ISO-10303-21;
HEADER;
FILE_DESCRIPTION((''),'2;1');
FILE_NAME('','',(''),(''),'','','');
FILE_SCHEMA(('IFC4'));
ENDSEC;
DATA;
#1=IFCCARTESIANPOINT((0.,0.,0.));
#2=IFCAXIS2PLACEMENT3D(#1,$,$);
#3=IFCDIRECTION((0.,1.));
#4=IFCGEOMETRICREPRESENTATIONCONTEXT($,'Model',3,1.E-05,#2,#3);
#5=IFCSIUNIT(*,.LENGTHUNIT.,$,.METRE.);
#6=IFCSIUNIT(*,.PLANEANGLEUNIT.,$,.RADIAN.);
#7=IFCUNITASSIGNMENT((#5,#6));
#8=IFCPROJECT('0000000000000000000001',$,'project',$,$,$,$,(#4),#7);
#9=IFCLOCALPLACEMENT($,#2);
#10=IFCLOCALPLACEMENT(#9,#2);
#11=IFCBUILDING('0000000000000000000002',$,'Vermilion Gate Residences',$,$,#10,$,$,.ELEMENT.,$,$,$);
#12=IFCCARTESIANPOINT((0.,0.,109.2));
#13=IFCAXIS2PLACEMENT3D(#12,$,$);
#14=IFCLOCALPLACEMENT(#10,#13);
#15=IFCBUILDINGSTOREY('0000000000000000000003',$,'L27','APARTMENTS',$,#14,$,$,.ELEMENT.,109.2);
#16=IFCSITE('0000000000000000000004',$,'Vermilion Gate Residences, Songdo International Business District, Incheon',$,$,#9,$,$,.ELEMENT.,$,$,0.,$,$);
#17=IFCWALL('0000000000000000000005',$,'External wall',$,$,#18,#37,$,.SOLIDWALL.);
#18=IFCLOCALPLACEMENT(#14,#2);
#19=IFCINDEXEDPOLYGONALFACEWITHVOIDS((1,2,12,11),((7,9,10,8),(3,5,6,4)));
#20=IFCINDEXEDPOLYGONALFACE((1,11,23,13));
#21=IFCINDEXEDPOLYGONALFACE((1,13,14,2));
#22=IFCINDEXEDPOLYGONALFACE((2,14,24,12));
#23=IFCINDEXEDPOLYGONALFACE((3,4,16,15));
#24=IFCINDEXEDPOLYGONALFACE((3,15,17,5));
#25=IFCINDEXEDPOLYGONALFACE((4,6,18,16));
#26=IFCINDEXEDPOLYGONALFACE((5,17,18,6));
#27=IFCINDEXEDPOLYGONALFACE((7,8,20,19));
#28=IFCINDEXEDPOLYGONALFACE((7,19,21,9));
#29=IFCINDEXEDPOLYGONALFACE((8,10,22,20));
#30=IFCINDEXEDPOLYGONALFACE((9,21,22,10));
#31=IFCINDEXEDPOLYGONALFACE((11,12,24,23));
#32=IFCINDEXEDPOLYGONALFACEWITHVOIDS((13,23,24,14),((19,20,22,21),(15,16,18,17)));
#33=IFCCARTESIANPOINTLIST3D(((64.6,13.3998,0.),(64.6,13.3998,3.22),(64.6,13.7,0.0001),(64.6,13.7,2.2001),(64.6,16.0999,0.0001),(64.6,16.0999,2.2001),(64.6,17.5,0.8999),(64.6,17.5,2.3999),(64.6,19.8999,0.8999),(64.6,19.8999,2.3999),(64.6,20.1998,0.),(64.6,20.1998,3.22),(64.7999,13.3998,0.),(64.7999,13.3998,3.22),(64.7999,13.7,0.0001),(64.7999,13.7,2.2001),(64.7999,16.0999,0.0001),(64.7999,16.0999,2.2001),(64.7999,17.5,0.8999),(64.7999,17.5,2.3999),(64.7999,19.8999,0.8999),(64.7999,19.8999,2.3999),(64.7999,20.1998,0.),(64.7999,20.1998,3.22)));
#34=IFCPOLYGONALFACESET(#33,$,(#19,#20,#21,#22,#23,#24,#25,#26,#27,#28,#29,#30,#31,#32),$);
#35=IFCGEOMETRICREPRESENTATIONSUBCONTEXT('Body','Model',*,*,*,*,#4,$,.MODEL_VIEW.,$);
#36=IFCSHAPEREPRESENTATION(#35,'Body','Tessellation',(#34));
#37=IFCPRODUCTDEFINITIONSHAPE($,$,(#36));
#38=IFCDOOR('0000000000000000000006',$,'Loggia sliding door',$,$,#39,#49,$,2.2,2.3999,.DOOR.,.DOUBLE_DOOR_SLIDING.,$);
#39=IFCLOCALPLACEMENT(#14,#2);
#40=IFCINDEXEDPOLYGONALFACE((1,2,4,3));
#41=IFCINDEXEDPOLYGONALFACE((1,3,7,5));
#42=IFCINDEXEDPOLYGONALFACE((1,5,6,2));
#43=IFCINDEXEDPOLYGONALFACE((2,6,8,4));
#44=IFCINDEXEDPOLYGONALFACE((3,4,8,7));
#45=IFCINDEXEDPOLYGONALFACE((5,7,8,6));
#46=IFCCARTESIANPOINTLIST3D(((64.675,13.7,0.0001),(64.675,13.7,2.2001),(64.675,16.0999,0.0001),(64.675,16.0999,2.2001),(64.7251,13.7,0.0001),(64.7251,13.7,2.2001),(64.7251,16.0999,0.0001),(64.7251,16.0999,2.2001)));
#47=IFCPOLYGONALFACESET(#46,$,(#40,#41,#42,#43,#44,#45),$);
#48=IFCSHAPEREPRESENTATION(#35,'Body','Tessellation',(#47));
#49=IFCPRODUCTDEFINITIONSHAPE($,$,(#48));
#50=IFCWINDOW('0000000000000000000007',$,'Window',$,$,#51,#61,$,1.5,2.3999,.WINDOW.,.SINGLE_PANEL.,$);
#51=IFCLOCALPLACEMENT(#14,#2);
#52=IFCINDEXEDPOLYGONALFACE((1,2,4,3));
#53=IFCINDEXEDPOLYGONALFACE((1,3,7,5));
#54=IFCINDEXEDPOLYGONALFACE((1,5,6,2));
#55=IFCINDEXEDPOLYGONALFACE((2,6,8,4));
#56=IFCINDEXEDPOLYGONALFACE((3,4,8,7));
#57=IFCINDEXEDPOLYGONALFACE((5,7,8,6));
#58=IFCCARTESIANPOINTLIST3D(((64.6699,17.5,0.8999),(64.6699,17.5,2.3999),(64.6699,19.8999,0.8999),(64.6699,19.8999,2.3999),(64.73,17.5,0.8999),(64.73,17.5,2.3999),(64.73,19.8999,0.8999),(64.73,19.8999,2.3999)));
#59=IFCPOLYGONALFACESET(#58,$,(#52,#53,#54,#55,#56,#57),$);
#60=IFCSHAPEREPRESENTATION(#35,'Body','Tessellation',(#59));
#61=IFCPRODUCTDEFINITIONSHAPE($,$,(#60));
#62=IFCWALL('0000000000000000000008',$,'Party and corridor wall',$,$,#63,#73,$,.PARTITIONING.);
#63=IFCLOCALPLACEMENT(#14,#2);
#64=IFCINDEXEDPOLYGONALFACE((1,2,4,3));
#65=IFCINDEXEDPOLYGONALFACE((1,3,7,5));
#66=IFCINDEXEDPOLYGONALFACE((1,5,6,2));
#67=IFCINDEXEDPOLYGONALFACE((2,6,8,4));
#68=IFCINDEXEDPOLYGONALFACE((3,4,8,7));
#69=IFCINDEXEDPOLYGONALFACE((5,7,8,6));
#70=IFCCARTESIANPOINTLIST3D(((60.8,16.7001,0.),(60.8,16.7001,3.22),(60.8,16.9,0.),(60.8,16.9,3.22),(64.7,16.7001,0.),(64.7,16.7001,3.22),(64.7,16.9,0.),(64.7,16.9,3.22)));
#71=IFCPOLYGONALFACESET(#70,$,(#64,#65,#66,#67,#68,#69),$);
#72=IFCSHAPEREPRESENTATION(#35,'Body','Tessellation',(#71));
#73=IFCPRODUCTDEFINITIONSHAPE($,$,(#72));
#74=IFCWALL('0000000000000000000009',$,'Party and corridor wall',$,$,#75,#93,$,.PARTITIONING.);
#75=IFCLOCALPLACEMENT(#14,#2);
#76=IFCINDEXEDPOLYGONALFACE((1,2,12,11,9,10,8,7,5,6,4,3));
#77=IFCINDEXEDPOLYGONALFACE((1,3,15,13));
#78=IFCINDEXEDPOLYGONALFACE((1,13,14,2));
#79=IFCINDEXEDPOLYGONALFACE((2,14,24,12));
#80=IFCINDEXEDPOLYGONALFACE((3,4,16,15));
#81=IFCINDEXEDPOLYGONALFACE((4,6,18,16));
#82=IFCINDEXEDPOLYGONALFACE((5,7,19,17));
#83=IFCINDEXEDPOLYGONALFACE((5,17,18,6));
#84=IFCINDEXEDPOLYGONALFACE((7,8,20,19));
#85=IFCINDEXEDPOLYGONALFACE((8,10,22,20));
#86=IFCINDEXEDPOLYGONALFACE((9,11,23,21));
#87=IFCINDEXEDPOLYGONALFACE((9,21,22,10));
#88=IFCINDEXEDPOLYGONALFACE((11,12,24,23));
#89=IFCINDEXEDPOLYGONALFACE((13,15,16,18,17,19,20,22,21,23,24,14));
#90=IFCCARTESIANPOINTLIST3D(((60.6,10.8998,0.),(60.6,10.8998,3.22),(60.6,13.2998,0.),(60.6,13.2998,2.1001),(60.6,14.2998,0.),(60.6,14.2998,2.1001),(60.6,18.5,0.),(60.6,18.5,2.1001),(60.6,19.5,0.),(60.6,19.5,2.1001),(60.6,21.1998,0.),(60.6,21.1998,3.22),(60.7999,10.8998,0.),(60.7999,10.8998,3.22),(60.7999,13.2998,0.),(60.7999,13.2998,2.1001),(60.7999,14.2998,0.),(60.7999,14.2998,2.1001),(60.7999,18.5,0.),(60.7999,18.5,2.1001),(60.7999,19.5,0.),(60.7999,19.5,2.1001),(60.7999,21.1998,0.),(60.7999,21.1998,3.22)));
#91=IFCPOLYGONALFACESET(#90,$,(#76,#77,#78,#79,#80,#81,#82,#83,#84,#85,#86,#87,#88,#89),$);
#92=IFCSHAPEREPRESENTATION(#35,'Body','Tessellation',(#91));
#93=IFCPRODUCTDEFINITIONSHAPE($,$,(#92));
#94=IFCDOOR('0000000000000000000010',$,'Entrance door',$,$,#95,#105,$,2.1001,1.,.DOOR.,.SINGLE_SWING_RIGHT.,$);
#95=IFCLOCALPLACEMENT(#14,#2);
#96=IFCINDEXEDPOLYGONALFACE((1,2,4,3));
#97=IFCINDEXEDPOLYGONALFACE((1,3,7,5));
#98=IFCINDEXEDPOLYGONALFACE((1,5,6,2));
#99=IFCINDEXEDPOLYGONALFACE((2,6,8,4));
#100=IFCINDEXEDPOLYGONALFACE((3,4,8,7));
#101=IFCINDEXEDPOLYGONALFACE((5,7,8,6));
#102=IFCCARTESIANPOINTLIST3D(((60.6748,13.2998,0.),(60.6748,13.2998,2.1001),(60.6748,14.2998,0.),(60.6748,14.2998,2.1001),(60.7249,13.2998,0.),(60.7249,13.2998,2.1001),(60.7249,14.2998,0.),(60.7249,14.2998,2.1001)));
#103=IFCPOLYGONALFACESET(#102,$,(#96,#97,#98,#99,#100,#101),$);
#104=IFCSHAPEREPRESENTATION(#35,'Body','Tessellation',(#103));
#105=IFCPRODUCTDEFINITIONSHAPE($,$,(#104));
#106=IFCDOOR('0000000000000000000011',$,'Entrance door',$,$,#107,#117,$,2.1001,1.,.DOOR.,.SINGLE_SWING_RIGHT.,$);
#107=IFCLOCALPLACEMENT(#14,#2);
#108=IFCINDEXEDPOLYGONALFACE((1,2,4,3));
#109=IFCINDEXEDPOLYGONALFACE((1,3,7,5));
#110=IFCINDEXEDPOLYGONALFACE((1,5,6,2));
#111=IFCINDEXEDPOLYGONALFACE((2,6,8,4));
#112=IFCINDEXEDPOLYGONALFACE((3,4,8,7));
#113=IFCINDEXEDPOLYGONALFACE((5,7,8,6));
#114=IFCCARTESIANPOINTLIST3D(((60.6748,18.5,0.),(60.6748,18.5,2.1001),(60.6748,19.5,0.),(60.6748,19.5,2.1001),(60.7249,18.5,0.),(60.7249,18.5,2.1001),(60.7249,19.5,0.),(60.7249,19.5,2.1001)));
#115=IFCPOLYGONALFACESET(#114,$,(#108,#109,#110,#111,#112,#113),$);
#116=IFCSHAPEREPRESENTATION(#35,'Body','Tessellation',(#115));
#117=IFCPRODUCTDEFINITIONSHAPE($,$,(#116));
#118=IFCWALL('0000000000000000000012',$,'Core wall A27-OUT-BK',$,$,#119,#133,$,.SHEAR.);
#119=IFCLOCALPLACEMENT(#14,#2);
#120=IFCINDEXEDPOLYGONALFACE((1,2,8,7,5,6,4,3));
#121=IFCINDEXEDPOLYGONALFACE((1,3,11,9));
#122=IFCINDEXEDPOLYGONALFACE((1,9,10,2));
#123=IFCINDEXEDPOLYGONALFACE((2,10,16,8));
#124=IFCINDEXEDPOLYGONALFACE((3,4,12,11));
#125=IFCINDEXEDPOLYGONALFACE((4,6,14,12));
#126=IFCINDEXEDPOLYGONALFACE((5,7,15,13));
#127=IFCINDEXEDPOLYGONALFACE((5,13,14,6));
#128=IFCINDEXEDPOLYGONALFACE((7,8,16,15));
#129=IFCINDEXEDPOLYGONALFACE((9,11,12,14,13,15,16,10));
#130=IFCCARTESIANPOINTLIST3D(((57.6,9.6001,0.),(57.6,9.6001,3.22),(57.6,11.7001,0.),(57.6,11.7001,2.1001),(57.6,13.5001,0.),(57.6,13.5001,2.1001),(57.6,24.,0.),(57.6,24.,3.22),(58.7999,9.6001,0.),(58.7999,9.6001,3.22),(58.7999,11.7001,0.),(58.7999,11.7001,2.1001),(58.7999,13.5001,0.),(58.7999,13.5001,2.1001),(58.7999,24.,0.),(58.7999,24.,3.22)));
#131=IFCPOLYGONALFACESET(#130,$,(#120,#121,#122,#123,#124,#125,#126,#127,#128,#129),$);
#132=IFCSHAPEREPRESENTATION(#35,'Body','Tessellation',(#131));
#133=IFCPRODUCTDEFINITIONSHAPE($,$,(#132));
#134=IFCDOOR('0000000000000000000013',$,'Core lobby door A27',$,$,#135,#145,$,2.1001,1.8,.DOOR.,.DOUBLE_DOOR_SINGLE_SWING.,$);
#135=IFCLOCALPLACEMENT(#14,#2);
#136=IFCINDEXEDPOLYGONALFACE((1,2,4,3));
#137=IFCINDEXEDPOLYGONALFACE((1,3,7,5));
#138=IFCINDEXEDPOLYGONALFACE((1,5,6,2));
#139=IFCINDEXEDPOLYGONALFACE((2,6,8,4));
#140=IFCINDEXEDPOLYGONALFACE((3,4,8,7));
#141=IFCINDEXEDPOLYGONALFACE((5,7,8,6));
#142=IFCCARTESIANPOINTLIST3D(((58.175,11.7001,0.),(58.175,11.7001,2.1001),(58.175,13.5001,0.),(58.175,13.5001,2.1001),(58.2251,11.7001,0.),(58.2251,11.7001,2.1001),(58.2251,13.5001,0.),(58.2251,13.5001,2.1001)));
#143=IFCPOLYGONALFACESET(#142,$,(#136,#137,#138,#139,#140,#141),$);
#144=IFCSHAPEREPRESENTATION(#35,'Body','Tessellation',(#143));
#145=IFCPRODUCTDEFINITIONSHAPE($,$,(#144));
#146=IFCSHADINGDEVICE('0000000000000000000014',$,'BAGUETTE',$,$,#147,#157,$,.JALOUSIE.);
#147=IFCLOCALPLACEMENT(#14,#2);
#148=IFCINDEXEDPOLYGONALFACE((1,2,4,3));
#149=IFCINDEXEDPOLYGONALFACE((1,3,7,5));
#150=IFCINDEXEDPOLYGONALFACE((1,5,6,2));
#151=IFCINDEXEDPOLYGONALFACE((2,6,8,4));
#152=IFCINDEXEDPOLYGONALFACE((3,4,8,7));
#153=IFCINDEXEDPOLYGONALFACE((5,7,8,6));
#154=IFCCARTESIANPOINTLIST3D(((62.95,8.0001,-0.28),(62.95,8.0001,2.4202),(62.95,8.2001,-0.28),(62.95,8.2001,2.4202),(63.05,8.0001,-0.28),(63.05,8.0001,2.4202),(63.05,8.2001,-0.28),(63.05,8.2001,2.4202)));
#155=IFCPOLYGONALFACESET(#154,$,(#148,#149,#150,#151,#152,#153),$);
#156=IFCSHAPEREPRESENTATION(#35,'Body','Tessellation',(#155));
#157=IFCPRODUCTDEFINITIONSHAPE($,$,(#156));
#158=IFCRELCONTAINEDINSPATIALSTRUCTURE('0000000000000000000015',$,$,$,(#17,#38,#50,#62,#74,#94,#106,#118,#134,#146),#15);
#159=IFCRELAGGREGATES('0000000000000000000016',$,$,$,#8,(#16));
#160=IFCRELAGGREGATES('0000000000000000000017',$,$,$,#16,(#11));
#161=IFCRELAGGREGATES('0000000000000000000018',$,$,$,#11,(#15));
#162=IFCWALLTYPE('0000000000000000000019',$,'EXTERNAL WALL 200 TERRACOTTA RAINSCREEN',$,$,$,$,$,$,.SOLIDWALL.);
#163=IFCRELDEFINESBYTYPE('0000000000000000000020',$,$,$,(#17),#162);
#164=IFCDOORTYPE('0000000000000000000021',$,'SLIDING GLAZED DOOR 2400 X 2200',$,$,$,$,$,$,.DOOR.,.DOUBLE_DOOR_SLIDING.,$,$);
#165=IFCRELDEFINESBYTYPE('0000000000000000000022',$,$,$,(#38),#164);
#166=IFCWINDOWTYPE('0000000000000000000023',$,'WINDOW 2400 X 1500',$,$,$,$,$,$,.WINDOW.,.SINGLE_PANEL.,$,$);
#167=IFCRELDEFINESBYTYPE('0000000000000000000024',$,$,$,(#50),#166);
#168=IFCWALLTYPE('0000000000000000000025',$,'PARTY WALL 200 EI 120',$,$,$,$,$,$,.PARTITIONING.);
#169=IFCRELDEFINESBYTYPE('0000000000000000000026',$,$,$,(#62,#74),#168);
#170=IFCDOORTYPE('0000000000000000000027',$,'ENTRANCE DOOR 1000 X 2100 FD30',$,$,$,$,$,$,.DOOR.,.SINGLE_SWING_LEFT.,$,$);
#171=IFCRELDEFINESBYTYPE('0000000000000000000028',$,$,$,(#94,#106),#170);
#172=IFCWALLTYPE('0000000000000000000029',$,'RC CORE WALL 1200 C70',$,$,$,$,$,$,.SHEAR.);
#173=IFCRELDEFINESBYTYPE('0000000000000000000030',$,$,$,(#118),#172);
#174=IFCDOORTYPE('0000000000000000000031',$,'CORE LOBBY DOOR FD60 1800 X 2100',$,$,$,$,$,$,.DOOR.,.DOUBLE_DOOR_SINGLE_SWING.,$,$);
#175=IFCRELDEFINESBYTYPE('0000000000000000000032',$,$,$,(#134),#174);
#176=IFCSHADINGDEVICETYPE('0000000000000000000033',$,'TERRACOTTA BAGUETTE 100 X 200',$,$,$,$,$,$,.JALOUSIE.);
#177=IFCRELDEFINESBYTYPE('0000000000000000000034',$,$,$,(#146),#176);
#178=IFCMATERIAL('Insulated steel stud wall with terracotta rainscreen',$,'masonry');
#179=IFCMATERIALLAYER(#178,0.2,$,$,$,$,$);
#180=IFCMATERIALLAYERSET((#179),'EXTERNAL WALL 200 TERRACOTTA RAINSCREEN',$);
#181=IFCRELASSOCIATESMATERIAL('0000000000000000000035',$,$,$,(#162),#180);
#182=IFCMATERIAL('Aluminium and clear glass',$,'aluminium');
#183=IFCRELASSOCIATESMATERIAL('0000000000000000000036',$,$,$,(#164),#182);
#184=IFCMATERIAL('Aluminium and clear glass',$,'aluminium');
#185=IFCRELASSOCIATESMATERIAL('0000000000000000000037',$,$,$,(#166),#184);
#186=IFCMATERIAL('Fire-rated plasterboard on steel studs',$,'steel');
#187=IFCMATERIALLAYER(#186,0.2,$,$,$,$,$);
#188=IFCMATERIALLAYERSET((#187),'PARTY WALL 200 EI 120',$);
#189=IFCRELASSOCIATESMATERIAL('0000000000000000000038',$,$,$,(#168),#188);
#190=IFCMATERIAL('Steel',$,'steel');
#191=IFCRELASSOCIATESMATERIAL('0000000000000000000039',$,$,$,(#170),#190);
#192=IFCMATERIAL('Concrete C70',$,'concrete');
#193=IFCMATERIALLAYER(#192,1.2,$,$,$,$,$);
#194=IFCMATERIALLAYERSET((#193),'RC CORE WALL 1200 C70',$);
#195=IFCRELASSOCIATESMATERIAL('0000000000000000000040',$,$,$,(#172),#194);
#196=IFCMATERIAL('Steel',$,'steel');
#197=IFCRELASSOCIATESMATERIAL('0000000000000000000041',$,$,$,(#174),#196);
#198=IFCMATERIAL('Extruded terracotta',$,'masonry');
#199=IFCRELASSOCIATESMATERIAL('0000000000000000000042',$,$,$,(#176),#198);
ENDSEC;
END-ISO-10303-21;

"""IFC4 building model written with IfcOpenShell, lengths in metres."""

from ifc_helpers import new_model, si_unit, direction, frame, frame_2d, origin, origin_2d, place, context, subcontext, project, spatial, rectangle, extrude, material, layer, layer_set, material_profile, profile_set, type_object, element, fill, save


model = new_model("IFC4")

# Units and contexts
model_context = context("Model", 3, precision=1e-05, world=origin(), true_north=direction((0.0, 1.0)))
body_context = subcontext(model_context, "Body", "Model", "MODEL_VIEW")
ifc_project = project(units=[si_unit("LENGTHUNIT", "METRE"), si_unit("PLANEANGLEUNIT", "RADIAN")], contexts=[model_context])

# Site, building, storey
site_placement = place(None, origin())
site = spatial("IfcSite", under=ifc_project, at=site_placement, Name="Vermilion Gate Residences, Songdo International Business District, Incheon", CompositionType="ELEMENT", RefElevation=0.0)
building_placement = place(site_placement, origin())
building = spatial("IfcBuilding", under=site, at=building_placement, Name="Vermilion Gate Residences", CompositionType="ELEMENT")
storey_placement = place(building_placement, frame((0.0, 0.0, 109.2)))
storey = spatial("IfcBuildingStorey", under=building, at=storey_placement, Name="L27", Description="APARTMENTS", CompositionType="ELEMENT", Elevation=109.2)

# Shared definitions
ifc_material_1 = material(Name="Insulated steel stud wall with terracotta rainscreen", Category="masonry")
ifc_layer_1 = layer(ifc_material_1, 0.2)
ifc_layer_set_1 = layer_set([ifc_layer_1], Name="EXTERNAL WALL 200 TERRACOTTA RAINSCREEN")
wall_type_1 = type_object("IfcWallType", Name="EXTERNAL WALL 200 TERRACOTTA RAINSCREEN", PredefinedType="SOLIDWALL", material=ifc_layer_set_1)

# Wall, openings, door, window
wall_1_placement = place(storey_placement, frame((64.7, 13.3999, 0.0), z_axis=(0.0, 0.0, 1.0), x_axis=(0.0, 1.0, 0.0)))
wall_1 = element("IfcWall", 1, at=wall_1_placement, inside=storey, type_object=wall_type_1, Name="External wall", PredefinedType="SOLIDWALL", context=body_context, shape_type="SweptSolid", body=[
    extrude(rectangle(XDim=6.8, YDim=0.2, at=frame_2d((3.3999, 0.0))), origin(), (0.0, 0.0, 1.0), 3.22),
])
opening_1_placement = place(wall_1_placement, frame((4.1001, 0.0, 0.8999)))
opening_1 = element("IfcOpeningElement", 2, at=opening_1_placement, cuts=wall_1, PredefinedType="OPENING", context=body_context, shape_type="SweptSolid", body=[
    extrude(rectangle(XDim=2.3999, YDim=1.5, at=frame_2d((1.2, 0.75))), frame((0.0, 0.1099, 0.0), z_axis=(0.0, -1.0, 0.0), x_axis=(1.0, 0.0, 0.0)), (0.0, 0.0, 1.0), 0.22),
])
opening_2_placement = place(wall_1_placement, frame((0.3, 0.0, 0.0)))
opening_2 = element("IfcOpeningElement", 3, at=opening_2_placement, cuts=wall_1, PredefinedType="OPENING", context=body_context, shape_type="SweptSolid", body=[
    extrude(rectangle(XDim=2.3999, YDim=2.2, at=frame_2d((1.2, 1.1001))), frame((0.0, 0.1099, 0.0), z_axis=(0.0, -1.0, 0.0), x_axis=(1.0, 0.0, 0.0)), (0.0, 0.0, 1.0), 0.22),
])
ifc_material_2 = material(Name="Aluminium and clear glass", Category="aluminium")
door_type_1 = type_object("IfcDoorType", Name="SLIDING GLAZED DOOR 2400 X 2200", OperationType="DOUBLE_DOOR_SLIDING", PredefinedType="DOOR", material=ifc_material_2)
door_1_placement = place(opening_2_placement, origin())
door_1 = element("IfcDoor", 4, at=door_1_placement, inside=storey, type_object=door_type_1, Name="Loggia sliding door", OperationType="DOUBLE_DOOR_SLIDING", OverallHeight=2.2, OverallWidth=2.3999, PredefinedType="DOOR", context=body_context, shape_type="SweptSolid", body=[
    extrude(rectangle(XDim=2.3999, YDim=2.2, at=frame_2d((1.2, 1.1001))), frame((0.0, 0.0249, 0.0), z_axis=(0.0, -1.0, 0.0), x_axis=(1.0, 0.0, 0.0)), (0.0, 0.0, 1.0), 0.05),
])
fill(opening_2, door_1)
ifc_material_3 = material(Name="Aluminium and clear glass", Category="aluminium")
window_type_1 = type_object("IfcWindowType", Name="WINDOW 2400 X 1500", PartitioningType="SINGLE_PANEL", PredefinedType="WINDOW", material=ifc_material_3)
window_1_placement = place(opening_1_placement, origin())
window_1 = element("IfcWindow", 5, at=window_1_placement, inside=storey, type_object=window_type_1, Name="Window", OverallHeight=1.5, OverallWidth=2.3999, PartitioningType="SINGLE_PANEL", PredefinedType="WINDOW", context=body_context, shape_type="SweptSolid", body=[
    extrude(rectangle(XDim=2.3999, YDim=1.5, at=frame_2d((1.2, 0.75))), frame((0.0, 0.03, 0.0), z_axis=(0.0, -1.0, 0.0), x_axis=(1.0, 0.0, 0.0)), (0.0, 0.0, 1.0), 0.0601),
])
fill(opening_1, window_1)

# Wall
ifc_material_4 = material(Name="Fire-rated plasterboard on steel studs", Category="steel")
ifc_layer_2 = layer(ifc_material_4, 0.2)
ifc_layer_set_2 = layer_set([ifc_layer_2], Name="PARTY WALL 200 EI 120")
wall_type_2 = type_object("IfcWallType", Name="PARTY WALL 200 EI 120", PredefinedType="PARTITIONING", material=ifc_layer_set_2)
wall_2_placement = place(storey_placement, frame((60.8, 16.8, 0.0), z_axis=(0.0, 0.0, 1.0), x_axis=(1.0, 0.0, 0.0)))
element("IfcWall", 6, at=wall_2_placement, inside=storey, type_object=wall_type_2, Name="Party and corridor wall", PredefinedType="PARTITIONING", context=body_context, shape_type="SweptSolid", body=[
    extrude(rectangle(XDim=3.8999, YDim=0.2, at=frame_2d((1.95, 0.0))), origin(), (0.0, 0.0, 1.0), 3.22),
])

# Wall, openings, doors
wall_3_placement = place(storey_placement, frame((60.7, 10.8999, 0.0), z_axis=(0.0, 0.0, 1.0), x_axis=(0.0, 1.0, 0.0)))
wall_3 = element("IfcWall", 7, at=wall_3_placement, inside=storey, type_object=wall_type_2, Name="Party and corridor wall", PredefinedType="PARTITIONING", context=body_context, shape_type="SweptSolid", body=[
    extrude(rectangle(XDim=10.3, YDim=0.2, at=frame_2d((5.1499, 0.0))), origin(), (0.0, 0.0, 1.0), 3.22),
])
opening_3_placement = place(wall_3_placement, frame((2.3999, 0.0, 0.0)))
opening_3 = element("IfcOpeningElement", 8, at=opening_3_placement, cuts=wall_3, PredefinedType="OPENING", context=body_context, shape_type="SweptSolid", body=[
    extrude(rectangle(XDim=1.0, YDim=2.1001, at=frame_2d((0.5, 1.05))), frame((0.0, 0.1099, 0.0), z_axis=(0.0, -1.0, 0.0), x_axis=(1.0, 0.0, 0.0)), (0.0, 0.0, 1.0), 0.22),
])
opening_4_placement = place(wall_3_placement, frame((7.6001, 0.0, 0.0)))
opening_4 = element("IfcOpeningElement", 9, at=opening_4_placement, cuts=wall_3, PredefinedType="OPENING", context=body_context, shape_type="SweptSolid", body=[
    extrude(rectangle(XDim=1.0, YDim=2.1001, at=frame_2d((0.5, 1.05))), frame((0.0, 0.1099, 0.0), z_axis=(0.0, -1.0, 0.0), x_axis=(1.0, 0.0, 0.0)), (0.0, 0.0, 1.0), 0.22),
])
ifc_material_5 = material(Name="Steel", Category="steel")
door_type_2 = type_object("IfcDoorType", Name="ENTRANCE DOOR 1000 X 2100 FD30", OperationType="SINGLE_SWING_LEFT", PredefinedType="DOOR", material=ifc_material_5)
door_2_placement = place(opening_3_placement, frame((1.0, 0.0, 0.0), z_axis=(0.0, 0.0, 1.0), x_axis=(-1.0, 0.0, 0.0)))
door_2 = element("IfcDoor", 10, at=door_2_placement, inside=storey, type_object=door_type_2, Name="Entrance door", OperationType="SINGLE_SWING_RIGHT", OverallHeight=2.1001, OverallWidth=1.0, PredefinedType="DOOR", context=body_context, shape_type="SweptSolid", body=[
    extrude(rectangle(XDim=1.0, YDim=2.1001, at=frame_2d((0.5, 1.05))), frame((0.0, 0.0249, 0.0), z_axis=(0.0, -1.0, 0.0), x_axis=(1.0, 0.0, 0.0)), (0.0, 0.0, 1.0), 0.05),
])
fill(opening_3, door_2)
door_3_placement = place(opening_4_placement, frame((1.0, 0.0, 0.0), z_axis=(0.0, 0.0, 1.0), x_axis=(-1.0, 0.0, 0.0)))
door_3 = element("IfcDoor", 11, at=door_3_placement, inside=storey, type_object=door_type_2, Name="Entrance door", OperationType="SINGLE_SWING_RIGHT", OverallHeight=2.1001, OverallWidth=1.0, PredefinedType="DOOR", context=body_context, shape_type="SweptSolid", body=[
    extrude(rectangle(XDim=1.0, YDim=2.1001, at=frame_2d((0.5, 1.05))), frame((0.0, 0.0249, 0.0), z_axis=(0.0, -1.0, 0.0), x_axis=(1.0, 0.0, 0.0)), (0.0, 0.0, 1.0), 0.05),
])
fill(opening_4, door_3)

# Wall, opening, door
ifc_material_6 = material(Name="Concrete C70", Category="concrete")
ifc_layer_3 = layer(ifc_material_6, 1.2)
ifc_layer_set_3 = layer_set([ifc_layer_3], Name="RC CORE WALL 1200 C70")
wall_type_3 = type_object("IfcWallType", Name="RC CORE WALL 1200 C70", PredefinedType="SHEAR", material=ifc_layer_set_3)
wall_4_placement = place(storey_placement, frame((58.2, 9.6001, 0.0), z_axis=(0.0, 0.0, 1.0), x_axis=(0.0, 1.0, 0.0)))
wall_4 = element("IfcWall", 12, at=wall_4_placement, inside=storey, type_object=wall_type_3, Name="Core wall A27-OUT-BK", PredefinedType="SHEAR", context=body_context, shape_type="SweptSolid", body=[
    extrude(rectangle(XDim=14.3999, YDim=1.2, at=frame_2d((7.2, 0.0))), origin(), (0.0, 0.0, 1.0), 3.22),
])
opening_5_placement = place(wall_4_placement, frame((2.1001, 0.0, 0.0)))
opening_5 = element("IfcOpeningElement", 13, at=opening_5_placement, cuts=wall_4, PredefinedType="OPENING", context=body_context, shape_type="SweptSolid", body=[
    extrude(rectangle(XDim=1.8, YDim=2.1001, at=frame_2d((0.8999, 1.05))), frame((0.0, 0.6099, 0.0), z_axis=(0.0, -1.0, 0.0), x_axis=(1.0, 0.0, 0.0)), (0.0, 0.0, 1.0), 1.22),
])
ifc_material_7 = material(Name="Steel", Category="steel")
door_type_3 = type_object("IfcDoorType", Name="CORE LOBBY DOOR FD60 1800 X 2100", OperationType="DOUBLE_DOOR_SINGLE_SWING", PredefinedType="DOOR", material=ifc_material_7)
door_4_placement = place(opening_5_placement, origin())
door_4 = element("IfcDoor", 14, at=door_4_placement, inside=storey, type_object=door_type_3, Name="Core lobby door A27", OperationType="DOUBLE_DOOR_SINGLE_SWING", OverallHeight=2.1001, OverallWidth=1.8, PredefinedType="DOOR", context=body_context, shape_type="SweptSolid", body=[
    extrude(rectangle(XDim=1.8, YDim=2.1001, at=frame_2d((0.8999, 1.05))), frame((0.0, 0.0249, 0.0), z_axis=(0.0, -1.0, 0.0), x_axis=(1.0, 0.0, 0.0)), (0.0, 0.0, 1.0), 0.05),
])
fill(opening_5, door_4)

# Shading device
ifc_material_8 = material(Name="Extruded terracotta", Category="masonry")
ifc_material_profile_1 = material_profile(ifc_material_8, rectangle(XDim=0.2, YDim=0.1001, at=origin_2d()), Name="BAGUETTE 100 X 200")
ifc_profile_set_1 = profile_set([ifc_material_profile_1], Name="Extruded terracotta")
shading_device_type = type_object("IfcShadingDeviceType", Name="TERRACOTTA BAGUETTE 100 X 200", PredefinedType="JALOUSIE", material=ifc_profile_set_1)
for number, where, z_axis, x_axis, name in (
    (15, (63.0, 8.1001, -0.28), (0.0, 0.0, 1.0), (0.0, 1.0, 0.0), "BAGUETTE"),
):
    element("IfcShadingDevice", number, at=place(storey_placement, frame(where, z_axis=z_axis, x_axis=x_axis)), inside=storey, type_object=shading_device_type, Name=name, PredefinedType="JALOUSIE", context=body_context, shape_type="SweptSolid", body=[
        extrude(rectangle(XDim=0.2, YDim=0.1001, at=origin_2d()), origin(), (0.0, 0.0, 1.0), 2.7002),
    ])

save(model, "model.ifc")
